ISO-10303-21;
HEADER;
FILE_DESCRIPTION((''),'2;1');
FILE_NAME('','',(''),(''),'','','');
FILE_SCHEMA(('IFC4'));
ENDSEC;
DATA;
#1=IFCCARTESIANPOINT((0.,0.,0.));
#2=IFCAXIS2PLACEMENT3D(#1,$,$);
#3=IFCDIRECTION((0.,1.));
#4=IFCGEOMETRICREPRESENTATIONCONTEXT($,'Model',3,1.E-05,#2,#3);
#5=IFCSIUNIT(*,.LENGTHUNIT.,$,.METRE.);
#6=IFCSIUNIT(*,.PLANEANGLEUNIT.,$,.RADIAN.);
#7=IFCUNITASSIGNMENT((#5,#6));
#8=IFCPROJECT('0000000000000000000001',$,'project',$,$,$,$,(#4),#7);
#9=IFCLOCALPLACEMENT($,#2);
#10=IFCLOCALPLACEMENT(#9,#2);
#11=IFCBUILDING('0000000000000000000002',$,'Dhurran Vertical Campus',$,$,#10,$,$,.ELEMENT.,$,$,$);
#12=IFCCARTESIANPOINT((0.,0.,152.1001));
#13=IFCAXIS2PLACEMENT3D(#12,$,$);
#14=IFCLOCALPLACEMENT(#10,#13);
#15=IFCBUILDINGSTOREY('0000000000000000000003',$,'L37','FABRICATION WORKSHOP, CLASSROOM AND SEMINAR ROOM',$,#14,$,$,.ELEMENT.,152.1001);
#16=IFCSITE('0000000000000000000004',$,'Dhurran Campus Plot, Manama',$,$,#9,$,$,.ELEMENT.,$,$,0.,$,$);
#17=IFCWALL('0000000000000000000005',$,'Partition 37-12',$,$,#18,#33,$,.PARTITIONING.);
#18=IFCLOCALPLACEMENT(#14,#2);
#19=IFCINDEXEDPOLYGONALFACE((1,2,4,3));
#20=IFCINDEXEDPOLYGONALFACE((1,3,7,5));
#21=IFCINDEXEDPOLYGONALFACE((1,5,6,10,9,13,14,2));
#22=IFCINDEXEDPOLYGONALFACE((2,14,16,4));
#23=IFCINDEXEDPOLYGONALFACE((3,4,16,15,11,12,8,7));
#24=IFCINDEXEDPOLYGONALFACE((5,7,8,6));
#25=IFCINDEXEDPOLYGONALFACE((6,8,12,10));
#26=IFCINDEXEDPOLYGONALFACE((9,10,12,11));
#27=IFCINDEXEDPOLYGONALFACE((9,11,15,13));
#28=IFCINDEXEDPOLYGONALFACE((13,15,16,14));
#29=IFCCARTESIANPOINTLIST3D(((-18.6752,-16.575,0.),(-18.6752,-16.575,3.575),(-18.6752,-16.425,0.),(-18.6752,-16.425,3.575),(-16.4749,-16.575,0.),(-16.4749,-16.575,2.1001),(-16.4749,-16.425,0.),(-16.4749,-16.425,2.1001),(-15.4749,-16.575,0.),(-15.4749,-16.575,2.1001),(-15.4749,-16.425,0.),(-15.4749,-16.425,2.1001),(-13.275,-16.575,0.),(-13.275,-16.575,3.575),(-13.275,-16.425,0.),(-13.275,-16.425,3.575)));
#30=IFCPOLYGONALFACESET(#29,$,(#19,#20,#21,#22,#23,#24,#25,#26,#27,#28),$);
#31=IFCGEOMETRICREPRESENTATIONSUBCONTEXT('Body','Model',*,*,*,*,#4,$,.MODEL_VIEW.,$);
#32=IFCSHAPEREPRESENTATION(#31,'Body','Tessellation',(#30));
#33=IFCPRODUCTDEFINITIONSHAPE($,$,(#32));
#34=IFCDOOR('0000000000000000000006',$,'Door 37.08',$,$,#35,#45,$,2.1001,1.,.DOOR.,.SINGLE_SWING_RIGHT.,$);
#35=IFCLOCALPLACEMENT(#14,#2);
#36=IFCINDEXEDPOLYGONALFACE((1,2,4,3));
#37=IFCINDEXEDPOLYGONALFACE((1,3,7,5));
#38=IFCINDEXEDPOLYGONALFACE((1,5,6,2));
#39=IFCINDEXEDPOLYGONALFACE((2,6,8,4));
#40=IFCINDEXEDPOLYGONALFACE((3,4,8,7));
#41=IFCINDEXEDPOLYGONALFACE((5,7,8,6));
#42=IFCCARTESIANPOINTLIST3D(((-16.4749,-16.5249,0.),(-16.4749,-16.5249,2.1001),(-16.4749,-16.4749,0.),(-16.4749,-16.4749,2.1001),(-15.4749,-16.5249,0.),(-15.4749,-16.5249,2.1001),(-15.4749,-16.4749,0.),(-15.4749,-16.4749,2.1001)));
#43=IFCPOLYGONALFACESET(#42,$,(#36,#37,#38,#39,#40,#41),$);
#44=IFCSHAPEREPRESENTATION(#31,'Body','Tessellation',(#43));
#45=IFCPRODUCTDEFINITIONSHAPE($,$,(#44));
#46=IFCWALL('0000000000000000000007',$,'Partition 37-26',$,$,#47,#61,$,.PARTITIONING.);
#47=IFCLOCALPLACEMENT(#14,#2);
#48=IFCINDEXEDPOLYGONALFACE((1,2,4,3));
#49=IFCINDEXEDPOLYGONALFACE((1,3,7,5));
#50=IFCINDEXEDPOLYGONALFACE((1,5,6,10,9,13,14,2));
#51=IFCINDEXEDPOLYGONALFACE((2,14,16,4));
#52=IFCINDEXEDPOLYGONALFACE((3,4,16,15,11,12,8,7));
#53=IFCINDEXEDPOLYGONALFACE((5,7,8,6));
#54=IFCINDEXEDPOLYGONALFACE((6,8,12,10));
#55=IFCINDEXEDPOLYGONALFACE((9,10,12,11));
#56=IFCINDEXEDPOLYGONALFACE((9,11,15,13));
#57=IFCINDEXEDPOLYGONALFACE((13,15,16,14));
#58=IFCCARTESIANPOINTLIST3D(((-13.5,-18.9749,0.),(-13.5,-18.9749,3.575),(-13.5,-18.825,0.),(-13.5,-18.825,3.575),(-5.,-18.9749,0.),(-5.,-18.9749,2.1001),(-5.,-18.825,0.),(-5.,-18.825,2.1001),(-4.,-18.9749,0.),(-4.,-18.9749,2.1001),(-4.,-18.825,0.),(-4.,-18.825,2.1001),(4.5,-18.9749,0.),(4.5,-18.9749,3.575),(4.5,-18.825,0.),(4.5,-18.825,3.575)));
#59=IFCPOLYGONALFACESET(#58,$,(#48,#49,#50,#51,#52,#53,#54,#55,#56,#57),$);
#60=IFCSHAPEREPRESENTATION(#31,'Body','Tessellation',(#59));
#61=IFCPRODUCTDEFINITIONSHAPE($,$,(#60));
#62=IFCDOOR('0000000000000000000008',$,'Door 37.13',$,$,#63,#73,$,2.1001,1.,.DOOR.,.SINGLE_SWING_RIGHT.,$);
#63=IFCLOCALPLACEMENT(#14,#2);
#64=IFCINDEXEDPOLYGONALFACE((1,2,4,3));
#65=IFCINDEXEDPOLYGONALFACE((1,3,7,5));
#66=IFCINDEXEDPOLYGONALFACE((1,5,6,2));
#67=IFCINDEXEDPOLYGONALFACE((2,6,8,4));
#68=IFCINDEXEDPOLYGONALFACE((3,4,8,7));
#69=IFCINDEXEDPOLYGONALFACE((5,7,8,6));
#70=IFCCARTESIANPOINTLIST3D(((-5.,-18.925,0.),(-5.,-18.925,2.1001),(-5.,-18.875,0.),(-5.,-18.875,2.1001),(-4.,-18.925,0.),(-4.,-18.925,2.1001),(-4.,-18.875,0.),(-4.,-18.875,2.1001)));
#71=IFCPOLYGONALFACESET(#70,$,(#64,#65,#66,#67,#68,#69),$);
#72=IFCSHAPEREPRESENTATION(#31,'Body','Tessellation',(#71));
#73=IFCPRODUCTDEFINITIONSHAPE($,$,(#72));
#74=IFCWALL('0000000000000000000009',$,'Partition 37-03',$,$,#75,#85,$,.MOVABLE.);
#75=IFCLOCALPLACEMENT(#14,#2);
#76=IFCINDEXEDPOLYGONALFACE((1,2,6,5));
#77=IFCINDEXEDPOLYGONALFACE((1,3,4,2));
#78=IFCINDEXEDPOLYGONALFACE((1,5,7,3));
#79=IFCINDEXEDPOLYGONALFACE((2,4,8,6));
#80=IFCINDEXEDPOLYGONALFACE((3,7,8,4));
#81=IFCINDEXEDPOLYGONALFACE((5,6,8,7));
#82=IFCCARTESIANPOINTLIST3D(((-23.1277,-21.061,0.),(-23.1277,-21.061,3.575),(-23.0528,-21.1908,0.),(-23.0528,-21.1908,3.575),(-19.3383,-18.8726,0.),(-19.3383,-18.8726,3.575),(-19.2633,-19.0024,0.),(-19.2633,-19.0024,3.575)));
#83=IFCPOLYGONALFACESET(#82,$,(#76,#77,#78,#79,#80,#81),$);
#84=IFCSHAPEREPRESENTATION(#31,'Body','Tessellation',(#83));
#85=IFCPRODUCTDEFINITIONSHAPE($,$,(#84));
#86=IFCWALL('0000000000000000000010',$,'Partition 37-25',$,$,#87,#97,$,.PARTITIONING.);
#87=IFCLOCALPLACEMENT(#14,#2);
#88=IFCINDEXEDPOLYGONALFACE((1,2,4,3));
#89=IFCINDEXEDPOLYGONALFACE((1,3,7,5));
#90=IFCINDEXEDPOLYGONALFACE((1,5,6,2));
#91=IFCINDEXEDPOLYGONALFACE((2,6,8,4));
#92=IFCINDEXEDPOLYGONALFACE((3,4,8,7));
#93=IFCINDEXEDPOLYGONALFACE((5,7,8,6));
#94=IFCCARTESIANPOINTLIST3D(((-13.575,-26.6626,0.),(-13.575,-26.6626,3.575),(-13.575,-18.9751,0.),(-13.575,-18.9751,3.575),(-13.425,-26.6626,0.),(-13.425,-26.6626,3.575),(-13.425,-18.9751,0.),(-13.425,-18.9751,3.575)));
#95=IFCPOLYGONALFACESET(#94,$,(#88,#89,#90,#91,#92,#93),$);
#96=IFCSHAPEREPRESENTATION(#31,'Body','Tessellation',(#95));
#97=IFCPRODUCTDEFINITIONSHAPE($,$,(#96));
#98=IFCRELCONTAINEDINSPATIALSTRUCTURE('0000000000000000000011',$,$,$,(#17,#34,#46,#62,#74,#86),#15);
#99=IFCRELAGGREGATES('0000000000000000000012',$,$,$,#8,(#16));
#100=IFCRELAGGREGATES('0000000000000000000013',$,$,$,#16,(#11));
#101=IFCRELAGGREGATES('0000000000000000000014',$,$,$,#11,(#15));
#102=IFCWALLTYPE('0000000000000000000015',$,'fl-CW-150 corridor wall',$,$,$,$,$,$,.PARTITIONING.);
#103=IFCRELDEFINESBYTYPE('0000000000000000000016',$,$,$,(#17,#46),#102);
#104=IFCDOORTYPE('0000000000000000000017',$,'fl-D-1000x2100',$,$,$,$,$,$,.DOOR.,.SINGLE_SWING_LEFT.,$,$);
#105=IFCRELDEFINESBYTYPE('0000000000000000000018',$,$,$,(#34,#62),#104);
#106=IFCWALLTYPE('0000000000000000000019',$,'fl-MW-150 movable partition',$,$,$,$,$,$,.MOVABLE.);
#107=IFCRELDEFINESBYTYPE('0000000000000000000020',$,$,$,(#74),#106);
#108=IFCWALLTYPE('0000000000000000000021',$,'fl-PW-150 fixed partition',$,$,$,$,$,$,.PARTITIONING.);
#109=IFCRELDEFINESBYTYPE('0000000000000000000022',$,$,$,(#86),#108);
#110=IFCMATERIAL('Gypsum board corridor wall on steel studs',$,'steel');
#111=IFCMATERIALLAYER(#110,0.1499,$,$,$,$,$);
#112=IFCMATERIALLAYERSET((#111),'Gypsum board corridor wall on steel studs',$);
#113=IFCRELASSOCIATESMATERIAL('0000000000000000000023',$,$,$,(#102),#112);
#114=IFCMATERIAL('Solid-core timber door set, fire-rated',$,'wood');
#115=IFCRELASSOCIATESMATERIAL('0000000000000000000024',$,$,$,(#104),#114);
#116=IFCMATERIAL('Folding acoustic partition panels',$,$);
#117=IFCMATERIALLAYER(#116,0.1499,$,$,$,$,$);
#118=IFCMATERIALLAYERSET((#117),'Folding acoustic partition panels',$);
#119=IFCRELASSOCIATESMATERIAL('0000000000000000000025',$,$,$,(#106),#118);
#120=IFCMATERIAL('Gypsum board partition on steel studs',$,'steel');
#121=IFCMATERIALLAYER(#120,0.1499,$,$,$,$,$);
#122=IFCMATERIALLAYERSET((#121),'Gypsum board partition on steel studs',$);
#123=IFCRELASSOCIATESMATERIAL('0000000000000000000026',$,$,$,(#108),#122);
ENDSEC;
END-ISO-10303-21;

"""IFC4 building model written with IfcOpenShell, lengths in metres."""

from ifc_helpers import new_model, si_unit, direction, frame, frame_2d, origin, place, context, subcontext, project, spatial, rectangle, extrude, material, layer, layer_set, type_object, element, fill, save


model = new_model("IFC4")

# Units and contexts
model_context = context("Model", 3, precision=1e-05, world=origin(), true_north=direction((0.0, 1.0)))
body_context = subcontext(model_context, "Body", "Model", "MODEL_VIEW")
ifc_project = project(units=[si_unit("LENGTHUNIT", "METRE"), si_unit("PLANEANGLEUNIT", "RADIAN")], contexts=[model_context])

# Site, building, storey
site_placement = place(None, origin())
site = spatial("IfcSite", under=ifc_project, at=site_placement, Name="Dhurran Campus Plot, Manama", CompositionType="ELEMENT", RefElevation=0.0)
building_placement = place(site_placement, origin())
building = spatial("IfcBuilding", under=site, at=building_placement, Name="Dhurran Vertical Campus", CompositionType="ELEMENT")
storey_placement = place(building_placement, frame((0.0, 0.0, 152.1001)))
storey = spatial("IfcBuildingStorey", under=building, at=storey_placement, Name="L37", Description="FABRICATION WORKSHOP, CLASSROOM AND SEMINAR ROOM", CompositionType="ELEMENT", Elevation=152.1001)

# Shared definitions
ifc_material_1 = material(Name="Gypsum board corridor wall on steel studs", Category="steel")
ifc_layer_1 = layer(ifc_material_1, 0.1499)
ifc_layer_set_1 = layer_set([ifc_layer_1], Name="Gypsum board corridor wall on steel studs")
wall_type_1 = type_object("IfcWallType", Name="fl-CW-150 corridor wall", PredefinedType="PARTITIONING", material=ifc_layer_set_1)

# Shared definitions
ifc_material_2 = material(Name="Solid-core timber door set, fire-rated", Category="wood")
door_type = type_object("IfcDoorType", Name="fl-D-1000x2100", OperationType="SINGLE_SWING_LEFT", PredefinedType="DOOR", material=ifc_material_2)

# Walls, openings, doors
wall_1_placement = place(storey_placement, frame((-13.2749, -16.5, 0.0), z_axis=(0.0, 0.0, 1.0), x_axis=(-1.0, 0.0, 0.0)))
wall_1 = element("IfcWall", 1, at=wall_1_placement, inside=storey, type_object=wall_type_1, Name="Partition 37-12", PredefinedType="PARTITIONING", context=body_context, shape_type="SweptSolid", body=[
    extrude(rectangle(XDim=5.4001, YDim=0.1499, at=frame_2d((2.7002, 0.0))), origin(), (0.0, 0.0, 1.0), 3.575),
])
opening_1_placement = place(wall_1_placement, frame((2.2, 0.0, 0.0)))
opening_1 = element("IfcOpeningElement", 2, at=opening_1_placement, cuts=wall_1, PredefinedType="OPENING", context=body_context, shape_type="SweptSolid", body=[
    extrude(rectangle(XDim=1.0, YDim=2.1001, at=frame_2d((0.5, 1.05))), frame((0.0, 0.085, 0.0), z_axis=(0.0, -1.0, 0.0), x_axis=(1.0, 0.0, 0.0)), (0.0, 0.0, 1.0), 0.1699),
])
door_1_placement = place(opening_1_placement, origin())
door_1 = element("IfcDoor", 3, at=door_1_placement, inside=storey, type_object=door_type, Name="Door 37.08", OperationType="SINGLE_SWING_RIGHT", OverallHeight=2.1001, OverallWidth=1.0, PredefinedType="DOOR", context=body_context, shape_type="SweptSolid", body=[
    extrude(rectangle(XDim=1.0, YDim=2.1001, at=frame_2d((0.5, 1.05))), frame((0.0, 0.0249, 0.0), z_axis=(0.0, -1.0, 0.0), x_axis=(1.0, 0.0, 0.0)), (0.0, 0.0, 1.0), 0.05),
])
fill(opening_1, door_1)
wall_2_placement = place(storey_placement, frame((-13.5, -18.8999, 0.0), z_axis=(0.0, 0.0, 1.0), x_axis=(1.0, 0.0, 0.0)))
wall_2 = element("IfcWall", 4, at=wall_2_placement, inside=storey, type_object=wall_type_1, Name="Partition 37-26", PredefinedType="PARTITIONING", context=body_context, shape_type="SweptSolid", body=[
    extrude(rectangle(XDim=18.0, YDim=0.1499, at=frame_2d((9.0, 0.0))), origin(), (0.0, 0.0, 1.0), 3.575),
])
opening_2_placement = place(wall_2_placement, frame((8.5, 0.0, 0.0)))
opening_2 = element("IfcOpeningElement", 5, at=opening_2_placement, cuts=wall_2, PredefinedType="OPENING", context=body_context, shape_type="SweptSolid", body=[
    extrude(rectangle(XDim=1.0, YDim=2.1001, at=frame_2d((0.5, 1.05))), frame((0.0, 0.085, 0.0), z_axis=(0.0, -1.0, 0.0), x_axis=(1.0, 0.0, 0.0)), (0.0, 0.0, 1.0), 0.1699),
])
door_2_placement = place(opening_2_placement, origin())
door_2 = element("IfcDoor", 6, at=door_2_placement, inside=storey, type_object=door_type, Name="Door 37.13", OperationType="SINGLE_SWING_RIGHT", OverallHeight=2.1001, OverallWidth=1.0, PredefinedType="DOOR", context=body_context, shape_type="SweptSolid", body=[
    extrude(rectangle(XDim=1.0, YDim=2.1001, at=frame_2d((0.5, 1.05))), frame((0.0, 0.0249, 0.0), z_axis=(0.0, -1.0, 0.0), x_axis=(1.0, 0.0, 0.0)), (0.0, 0.0, 1.0), 0.05),
])
fill(opening_2, door_2)

# Walls
ifc_material_3 = material(Name="Folding acoustic partition panels")
ifc_layer_2 = layer(ifc_material_3, 0.1499)
ifc_layer_set_2 = layer_set([ifc_layer_2], Name="Folding acoustic partition panels")
wall_type_2 = type_object("IfcWallType", Name="fl-MW-150 movable partition", PredefinedType="MOVABLE", material=ifc_layer_set_2)
wall_3_placement = place(storey_placement, frame((-19.3008, -18.9375, 0.0), z_axis=(0.0, 0.0, 1.0), x_axis=(-0.865968, -0.500099, 0.0)))
element("IfcWall", 7, at=wall_3_placement, inside=storey, type_object=wall_type_2, Name="Partition 37-03", PredefinedType="MOVABLE", context=body_context, shape_type="SweptSolid", body=[
    extrude(rectangle(XDim=4.376, YDim=0.1499, at=frame_2d((2.188, 0.0))), origin(), (0.0, 0.0, 1.0), 3.575),
])
ifc_material_4 = material(Name="Gypsum board partition on steel studs", Category="steel")
ifc_layer_3 = layer(ifc_material_4, 0.1499)
ifc_layer_set_3 = layer_set([ifc_layer_3], Name="Gypsum board partition on steel studs")
wall_type_3 = type_object("IfcWallType", Name="fl-PW-150 fixed partition", PredefinedType="PARTITIONING", material=ifc_layer_set_3)
wall_4_placement = place(storey_placement, frame((-13.5, -18.9751, 0.0), z_axis=(0.0, 0.0, 1.0), x_axis=(0.0, -1.0, 0.0)))
element("IfcWall", 8, at=wall_4_placement, inside=storey, type_object=wall_type_3, Name="Partition 37-25", PredefinedType="PARTITIONING", context=body_context, shape_type="SweptSolid", body=[
    extrude(rectangle(XDim=7.6875, YDim=0.1499, at=frame_2d((3.8438, 0.0))), origin(), (0.0, 0.0, 1.0), 3.575),
])

save(model, "model.ifc")
